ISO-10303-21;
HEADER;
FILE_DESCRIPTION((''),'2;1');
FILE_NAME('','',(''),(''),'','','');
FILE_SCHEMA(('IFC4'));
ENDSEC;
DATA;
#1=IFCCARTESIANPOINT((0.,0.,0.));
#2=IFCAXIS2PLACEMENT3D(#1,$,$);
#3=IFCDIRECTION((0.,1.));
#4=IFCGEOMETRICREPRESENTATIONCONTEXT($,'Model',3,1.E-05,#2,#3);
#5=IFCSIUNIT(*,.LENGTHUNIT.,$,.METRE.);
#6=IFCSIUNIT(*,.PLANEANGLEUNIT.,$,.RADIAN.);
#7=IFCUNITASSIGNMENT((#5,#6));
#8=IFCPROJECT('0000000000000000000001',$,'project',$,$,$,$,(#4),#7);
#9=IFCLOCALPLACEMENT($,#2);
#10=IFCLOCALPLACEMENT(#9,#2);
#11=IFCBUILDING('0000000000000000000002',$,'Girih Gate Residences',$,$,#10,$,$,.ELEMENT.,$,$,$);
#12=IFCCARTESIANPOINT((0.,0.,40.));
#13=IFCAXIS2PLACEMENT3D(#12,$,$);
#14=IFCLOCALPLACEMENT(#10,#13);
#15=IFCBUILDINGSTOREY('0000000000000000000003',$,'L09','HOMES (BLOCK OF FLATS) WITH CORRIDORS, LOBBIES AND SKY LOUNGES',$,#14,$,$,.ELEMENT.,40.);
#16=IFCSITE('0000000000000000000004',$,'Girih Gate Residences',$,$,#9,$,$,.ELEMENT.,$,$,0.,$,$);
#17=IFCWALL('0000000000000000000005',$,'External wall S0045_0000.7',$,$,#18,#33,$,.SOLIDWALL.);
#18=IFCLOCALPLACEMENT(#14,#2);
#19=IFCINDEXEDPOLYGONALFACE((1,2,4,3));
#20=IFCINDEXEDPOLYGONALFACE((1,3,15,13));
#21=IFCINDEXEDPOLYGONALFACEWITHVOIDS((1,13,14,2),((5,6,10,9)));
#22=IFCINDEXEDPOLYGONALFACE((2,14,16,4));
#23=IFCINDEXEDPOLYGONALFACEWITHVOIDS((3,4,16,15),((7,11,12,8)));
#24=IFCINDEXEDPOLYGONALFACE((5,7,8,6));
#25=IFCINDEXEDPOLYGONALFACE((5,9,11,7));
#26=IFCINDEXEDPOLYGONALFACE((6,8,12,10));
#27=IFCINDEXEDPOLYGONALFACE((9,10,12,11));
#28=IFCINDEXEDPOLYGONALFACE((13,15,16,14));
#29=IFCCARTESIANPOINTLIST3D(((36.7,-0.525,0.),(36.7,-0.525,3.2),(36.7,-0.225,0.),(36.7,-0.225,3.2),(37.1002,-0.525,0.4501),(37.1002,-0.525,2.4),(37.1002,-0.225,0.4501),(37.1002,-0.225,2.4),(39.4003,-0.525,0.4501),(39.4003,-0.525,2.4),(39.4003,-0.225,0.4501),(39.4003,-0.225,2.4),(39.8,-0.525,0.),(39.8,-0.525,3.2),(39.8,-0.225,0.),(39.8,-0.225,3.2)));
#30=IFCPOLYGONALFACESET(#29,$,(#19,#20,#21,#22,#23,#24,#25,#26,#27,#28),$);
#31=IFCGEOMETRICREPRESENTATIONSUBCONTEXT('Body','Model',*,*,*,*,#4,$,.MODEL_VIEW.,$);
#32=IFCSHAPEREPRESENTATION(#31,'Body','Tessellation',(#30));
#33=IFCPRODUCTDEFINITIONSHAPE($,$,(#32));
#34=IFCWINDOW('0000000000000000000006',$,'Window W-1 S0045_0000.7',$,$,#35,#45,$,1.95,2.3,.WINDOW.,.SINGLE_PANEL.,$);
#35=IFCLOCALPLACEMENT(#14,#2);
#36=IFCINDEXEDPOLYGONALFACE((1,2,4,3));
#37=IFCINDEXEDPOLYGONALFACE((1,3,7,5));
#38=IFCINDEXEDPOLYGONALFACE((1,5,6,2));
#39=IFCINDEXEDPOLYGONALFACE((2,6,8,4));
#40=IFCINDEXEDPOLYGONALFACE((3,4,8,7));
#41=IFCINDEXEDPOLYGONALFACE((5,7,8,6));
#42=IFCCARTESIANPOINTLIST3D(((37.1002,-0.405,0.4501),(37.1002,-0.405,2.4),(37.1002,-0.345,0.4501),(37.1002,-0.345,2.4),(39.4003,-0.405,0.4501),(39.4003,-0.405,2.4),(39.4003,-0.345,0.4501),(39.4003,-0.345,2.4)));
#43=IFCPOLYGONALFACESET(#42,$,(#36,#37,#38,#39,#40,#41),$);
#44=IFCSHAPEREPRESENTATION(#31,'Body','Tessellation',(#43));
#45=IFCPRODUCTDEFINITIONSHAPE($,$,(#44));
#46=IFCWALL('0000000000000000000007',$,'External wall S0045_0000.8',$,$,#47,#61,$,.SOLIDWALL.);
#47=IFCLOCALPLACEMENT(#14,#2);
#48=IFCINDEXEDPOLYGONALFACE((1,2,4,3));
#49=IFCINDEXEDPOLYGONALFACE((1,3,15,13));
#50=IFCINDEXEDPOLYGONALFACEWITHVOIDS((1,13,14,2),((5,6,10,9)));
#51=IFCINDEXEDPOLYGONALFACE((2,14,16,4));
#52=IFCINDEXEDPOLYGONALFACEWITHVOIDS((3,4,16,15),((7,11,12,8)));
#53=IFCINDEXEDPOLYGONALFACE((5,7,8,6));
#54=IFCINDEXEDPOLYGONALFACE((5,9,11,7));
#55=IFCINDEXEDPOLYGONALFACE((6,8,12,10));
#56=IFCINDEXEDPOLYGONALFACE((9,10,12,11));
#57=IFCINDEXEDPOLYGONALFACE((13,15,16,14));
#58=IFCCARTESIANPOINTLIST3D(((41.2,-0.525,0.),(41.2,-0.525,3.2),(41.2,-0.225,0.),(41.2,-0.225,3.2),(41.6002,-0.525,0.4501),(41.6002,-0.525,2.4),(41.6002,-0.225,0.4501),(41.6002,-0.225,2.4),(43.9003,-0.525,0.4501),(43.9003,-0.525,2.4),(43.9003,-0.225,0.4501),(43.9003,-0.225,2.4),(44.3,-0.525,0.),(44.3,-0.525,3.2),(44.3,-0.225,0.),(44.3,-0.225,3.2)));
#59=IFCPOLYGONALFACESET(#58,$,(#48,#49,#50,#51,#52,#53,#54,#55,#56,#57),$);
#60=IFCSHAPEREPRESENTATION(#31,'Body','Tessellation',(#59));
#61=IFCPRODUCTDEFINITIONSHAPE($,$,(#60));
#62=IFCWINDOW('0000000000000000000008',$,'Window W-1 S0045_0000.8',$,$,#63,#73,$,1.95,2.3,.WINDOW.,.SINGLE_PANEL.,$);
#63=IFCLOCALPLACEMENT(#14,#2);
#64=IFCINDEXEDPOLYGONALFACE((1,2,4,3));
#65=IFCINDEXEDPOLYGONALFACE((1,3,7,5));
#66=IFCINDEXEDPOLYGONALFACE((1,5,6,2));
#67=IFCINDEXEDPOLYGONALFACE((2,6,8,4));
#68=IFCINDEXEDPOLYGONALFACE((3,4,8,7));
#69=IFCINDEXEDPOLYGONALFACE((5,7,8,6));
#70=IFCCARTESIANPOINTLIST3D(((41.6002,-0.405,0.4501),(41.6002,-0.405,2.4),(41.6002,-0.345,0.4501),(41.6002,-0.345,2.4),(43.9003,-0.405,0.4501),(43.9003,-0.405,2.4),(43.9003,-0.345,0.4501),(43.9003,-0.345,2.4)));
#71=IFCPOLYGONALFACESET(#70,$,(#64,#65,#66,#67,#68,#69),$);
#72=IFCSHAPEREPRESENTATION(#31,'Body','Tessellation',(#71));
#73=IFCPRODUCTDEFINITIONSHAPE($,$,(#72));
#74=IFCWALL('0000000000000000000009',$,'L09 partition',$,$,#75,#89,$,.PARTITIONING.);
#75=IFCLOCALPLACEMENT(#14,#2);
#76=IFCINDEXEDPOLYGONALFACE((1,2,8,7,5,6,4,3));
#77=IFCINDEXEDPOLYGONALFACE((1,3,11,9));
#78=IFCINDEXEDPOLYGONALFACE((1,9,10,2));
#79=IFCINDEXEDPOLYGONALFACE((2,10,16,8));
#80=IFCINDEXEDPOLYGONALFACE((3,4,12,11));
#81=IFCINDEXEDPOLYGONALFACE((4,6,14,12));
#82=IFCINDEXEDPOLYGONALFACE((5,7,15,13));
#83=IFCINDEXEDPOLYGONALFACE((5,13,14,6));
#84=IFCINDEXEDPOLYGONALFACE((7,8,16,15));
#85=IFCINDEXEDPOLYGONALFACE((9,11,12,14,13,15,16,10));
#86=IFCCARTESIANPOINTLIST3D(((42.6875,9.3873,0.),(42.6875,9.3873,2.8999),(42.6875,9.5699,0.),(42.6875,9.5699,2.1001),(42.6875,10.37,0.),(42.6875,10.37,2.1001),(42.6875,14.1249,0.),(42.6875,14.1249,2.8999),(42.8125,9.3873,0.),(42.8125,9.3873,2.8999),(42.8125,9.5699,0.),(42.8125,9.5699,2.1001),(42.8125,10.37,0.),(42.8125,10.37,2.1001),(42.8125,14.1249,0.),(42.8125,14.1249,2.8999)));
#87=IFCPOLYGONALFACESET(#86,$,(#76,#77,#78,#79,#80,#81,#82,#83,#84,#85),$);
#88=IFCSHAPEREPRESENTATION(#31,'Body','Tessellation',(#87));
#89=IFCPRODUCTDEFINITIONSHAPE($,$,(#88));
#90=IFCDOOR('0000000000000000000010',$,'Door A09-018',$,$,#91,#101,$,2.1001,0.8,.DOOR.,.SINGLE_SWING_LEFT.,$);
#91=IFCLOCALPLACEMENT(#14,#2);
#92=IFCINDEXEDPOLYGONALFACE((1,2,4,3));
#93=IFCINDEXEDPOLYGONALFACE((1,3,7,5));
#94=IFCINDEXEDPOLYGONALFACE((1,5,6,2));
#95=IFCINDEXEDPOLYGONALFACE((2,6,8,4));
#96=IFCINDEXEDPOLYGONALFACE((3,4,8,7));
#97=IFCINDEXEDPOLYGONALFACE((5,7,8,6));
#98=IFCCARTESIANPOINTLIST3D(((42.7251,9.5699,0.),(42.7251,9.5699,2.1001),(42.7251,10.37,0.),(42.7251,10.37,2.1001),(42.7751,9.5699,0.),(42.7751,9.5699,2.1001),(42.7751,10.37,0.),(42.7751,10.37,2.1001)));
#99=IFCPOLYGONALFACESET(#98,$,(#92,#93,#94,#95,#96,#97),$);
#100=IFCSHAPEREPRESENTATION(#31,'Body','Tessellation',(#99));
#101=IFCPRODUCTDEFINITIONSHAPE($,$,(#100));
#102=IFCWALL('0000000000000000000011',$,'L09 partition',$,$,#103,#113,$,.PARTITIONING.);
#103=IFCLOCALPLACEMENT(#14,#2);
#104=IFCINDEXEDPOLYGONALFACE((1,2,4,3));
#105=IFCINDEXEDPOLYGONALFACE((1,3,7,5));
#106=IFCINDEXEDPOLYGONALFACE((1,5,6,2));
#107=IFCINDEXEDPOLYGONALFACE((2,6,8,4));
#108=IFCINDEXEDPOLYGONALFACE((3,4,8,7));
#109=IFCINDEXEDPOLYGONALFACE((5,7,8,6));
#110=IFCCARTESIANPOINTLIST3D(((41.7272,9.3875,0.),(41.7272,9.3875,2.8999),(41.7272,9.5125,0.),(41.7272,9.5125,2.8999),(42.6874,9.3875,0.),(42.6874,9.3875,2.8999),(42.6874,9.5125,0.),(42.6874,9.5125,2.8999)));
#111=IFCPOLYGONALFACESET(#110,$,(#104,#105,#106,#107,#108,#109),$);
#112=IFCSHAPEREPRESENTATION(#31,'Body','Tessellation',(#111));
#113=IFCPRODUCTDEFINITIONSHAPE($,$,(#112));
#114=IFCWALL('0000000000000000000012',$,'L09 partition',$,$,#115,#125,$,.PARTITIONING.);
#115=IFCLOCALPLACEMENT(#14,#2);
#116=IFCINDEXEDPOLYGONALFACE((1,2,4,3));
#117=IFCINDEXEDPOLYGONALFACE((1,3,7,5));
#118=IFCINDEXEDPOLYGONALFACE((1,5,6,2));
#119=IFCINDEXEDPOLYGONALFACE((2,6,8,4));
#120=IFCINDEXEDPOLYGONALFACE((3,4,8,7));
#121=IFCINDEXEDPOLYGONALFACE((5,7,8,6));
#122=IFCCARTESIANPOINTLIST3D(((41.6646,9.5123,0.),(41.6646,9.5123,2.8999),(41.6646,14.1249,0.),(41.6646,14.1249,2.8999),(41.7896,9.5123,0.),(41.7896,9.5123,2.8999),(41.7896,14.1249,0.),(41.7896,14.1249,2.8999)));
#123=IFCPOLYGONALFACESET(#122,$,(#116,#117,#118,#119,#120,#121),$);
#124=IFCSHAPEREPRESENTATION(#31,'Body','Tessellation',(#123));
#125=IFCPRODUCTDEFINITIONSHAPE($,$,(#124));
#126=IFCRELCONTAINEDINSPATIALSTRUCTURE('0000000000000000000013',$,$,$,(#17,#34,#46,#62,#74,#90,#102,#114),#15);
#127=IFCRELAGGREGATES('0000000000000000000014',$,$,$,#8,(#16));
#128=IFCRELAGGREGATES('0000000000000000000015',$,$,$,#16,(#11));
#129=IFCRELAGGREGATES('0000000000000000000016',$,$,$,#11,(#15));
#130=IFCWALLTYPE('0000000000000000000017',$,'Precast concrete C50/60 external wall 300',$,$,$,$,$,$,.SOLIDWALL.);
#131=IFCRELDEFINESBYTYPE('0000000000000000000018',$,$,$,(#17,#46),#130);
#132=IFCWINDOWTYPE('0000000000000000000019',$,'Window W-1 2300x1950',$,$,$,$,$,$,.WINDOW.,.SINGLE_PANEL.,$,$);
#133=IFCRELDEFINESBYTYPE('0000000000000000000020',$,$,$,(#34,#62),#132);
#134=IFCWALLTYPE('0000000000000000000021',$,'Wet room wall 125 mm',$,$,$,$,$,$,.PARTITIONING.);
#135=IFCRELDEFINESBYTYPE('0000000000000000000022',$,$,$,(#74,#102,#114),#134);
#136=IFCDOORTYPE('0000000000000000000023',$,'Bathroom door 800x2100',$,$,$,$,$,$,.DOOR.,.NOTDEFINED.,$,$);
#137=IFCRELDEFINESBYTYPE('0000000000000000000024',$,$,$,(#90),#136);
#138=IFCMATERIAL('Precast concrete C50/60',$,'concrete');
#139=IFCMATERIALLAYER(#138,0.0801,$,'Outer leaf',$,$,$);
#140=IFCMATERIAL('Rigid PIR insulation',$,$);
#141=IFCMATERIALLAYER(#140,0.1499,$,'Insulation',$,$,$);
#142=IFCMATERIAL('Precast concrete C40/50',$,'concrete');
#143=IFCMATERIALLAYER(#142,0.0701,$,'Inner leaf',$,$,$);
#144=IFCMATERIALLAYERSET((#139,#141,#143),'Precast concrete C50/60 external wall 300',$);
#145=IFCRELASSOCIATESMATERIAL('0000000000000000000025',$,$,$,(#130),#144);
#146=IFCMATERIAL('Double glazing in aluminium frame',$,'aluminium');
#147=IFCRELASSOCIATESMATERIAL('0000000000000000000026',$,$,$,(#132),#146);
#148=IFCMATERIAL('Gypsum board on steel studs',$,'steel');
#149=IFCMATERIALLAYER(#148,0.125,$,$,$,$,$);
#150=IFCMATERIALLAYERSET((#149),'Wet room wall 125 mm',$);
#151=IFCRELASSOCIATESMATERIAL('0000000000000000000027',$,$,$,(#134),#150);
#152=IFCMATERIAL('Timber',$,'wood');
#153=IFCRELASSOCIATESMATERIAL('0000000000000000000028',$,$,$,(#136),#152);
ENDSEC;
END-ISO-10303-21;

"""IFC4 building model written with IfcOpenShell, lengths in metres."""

from ifc_helpers import new_model, si_unit, direction, frame, frame_2d, origin, place, context, subcontext, project, spatial, rectangle, extrude, material, layer, layer_set, type_object, element, fill, save


model = new_model("IFC4")

# Units and contexts
model_context = context("Model", 3, precision=1e-05, world=origin(), true_north=direction((0.0, 1.0)))
body_context = subcontext(model_context, "Body", "Model", "MODEL_VIEW")
ifc_project = project(units=[si_unit("LENGTHUNIT", "METRE"), si_unit("PLANEANGLEUNIT", "RADIAN")], contexts=[model_context])

# Site, building, storey
site_placement = place(None, origin())
site = spatial("IfcSite", under=ifc_project, at=site_placement, Name="Girih Gate Residences", CompositionType="ELEMENT", RefElevation=0.0)
building_placement = place(site_placement, origin())
building = spatial("IfcBuilding", under=site, at=building_placement, Name="Girih Gate Residences", CompositionType="ELEMENT")
storey_placement = place(building_placement, frame((0.0, 0.0, 40.0)))
storey = spatial("IfcBuildingStorey", under=building, at=storey_placement, Name="L09", Description="HOMES (BLOCK OF FLATS) WITH CORRIDORS, LOBBIES AND SKY LOUNGES", CompositionType="ELEMENT", Elevation=40.0)

# Shared definitions
ifc_material_1 = material(Name="Gypsum board on steel studs", Category="steel")
ifc_material_2 = material(Name="Timber", Category="wood")

# Walls, openings, windows
ifc_material_3 = material(Name="Precast concrete C50/60", Category="concrete")
ifc_layer_1 = layer(ifc_material_3, 0.0801, Name="Outer leaf")
ifc_material_4 = material(Name="Rigid PIR insulation")
ifc_layer_2 = layer(ifc_material_4, 0.1499, Name="Insulation")
ifc_material_5 = material(Name="Precast concrete C40/50", Category="concrete")
ifc_layer_3 = layer(ifc_material_5, 0.0701, Name="Inner leaf")
ifc_layer_set_1 = layer_set([ifc_layer_1, ifc_layer_2, ifc_layer_3], Name="Precast concrete C50/60 external wall 300")
wall_type_1 = type_object("IfcWallType", Name="Precast concrete C50/60 external wall 300", PredefinedType="SOLIDWALL", material=ifc_layer_set_1)
wall_1_placement = place(storey_placement, frame((39.8, -0.375, 0.0), z_axis=(0.0, 0.0, 1.0), x_axis=(-1.0, 0.0, 0.0)))
wall_1 = element("IfcWall", 1, at=wall_1_placement, inside=storey, type_object=wall_type_1, Name="External wall S0045_0000.7", PredefinedType="SOLIDWALL", context=body_context, shape_type="SweptSolid", body=[
    extrude(rectangle(XDim=3.1001, YDim=0.3, at=frame_2d((1.55, 0.0))), origin(), (0.0, 0.0, 1.0), 3.2),
])
opening_1_placement = place(wall_1_placement, frame((0.3999, 0.0, 0.45)))
opening_1 = element("IfcOpeningElement", 2, at=opening_1_placement, cuts=wall_1, PredefinedType="OPENING", context=body_context, shape_type="SweptSolid", body=[
    extrude(rectangle(XDim=2.3, YDim=1.95, at=frame_2d((1.1499, 0.9751))), frame((0.0, 0.1599, 0.0), z_axis=(0.0, -1.0, 0.0), x_axis=(1.0, 0.0, 0.0)), (0.0, 0.0, 1.0), 0.3201),
])
ifc_material_6 = material(Name="Double glazing in aluminium frame", Category="aluminium")
window_type = type_object("IfcWindowType", Name="Window W-1 2300x1950", PartitioningType="SINGLE_PANEL", PredefinedType="WINDOW", material=ifc_material_6)
window_1_placement = place(opening_1_placement, origin())
window_1 = element("IfcWindow", 3, at=window_1_placement, inside=storey, type_object=window_type, Name="Window W-1 S0045_0000.7", OverallHeight=1.95, OverallWidth=2.3, PartitioningType="SINGLE_PANEL", PredefinedType="WINDOW", context=body_context, shape_type="SweptSolid", body=[
    extrude(rectangle(XDim=2.3, YDim=1.95, at=frame_2d((1.1499, 0.9751))), frame((0.0, 0.03, 0.0), z_axis=(0.0, -1.0, 0.0), x_axis=(1.0, 0.0, 0.0)), (0.0, 0.0, 1.0), 0.0601),
])
fill(opening_1, window_1)
wall_2_placement = place(storey_placement, frame((44.3, -0.375, 0.0), z_axis=(0.0, 0.0, 1.0), x_axis=(-1.0, 0.0, 0.0)))
wall_2 = element("IfcWall", 4, at=wall_2_placement, inside=storey, type_object=wall_type_1, Name="External wall S0045_0000.8", PredefinedType="SOLIDWALL", context=body_context, shape_type="SweptSolid", body=[
    extrude(rectangle(XDim=3.1001, YDim=0.3, at=frame_2d((1.55, 0.0))), origin(), (0.0, 0.0, 1.0), 3.2),
])
opening_2_placement = place(wall_2_placement, frame((0.3999, 0.0, 0.45)))
opening_2 = element("IfcOpeningElement", 5, at=opening_2_placement, cuts=wall_2, PredefinedType="OPENING", context=body_context, shape_type="SweptSolid", body=[
    extrude(rectangle(XDim=2.3, YDim=1.95, at=frame_2d((1.1499, 0.9751))), frame((0.0, 0.1599, 0.0), z_axis=(0.0, -1.0, 0.0), x_axis=(1.0, 0.0, 0.0)), (0.0, 0.0, 1.0), 0.3201),
])
window_2_placement = place(opening_2_placement, origin())
window_2 = element("IfcWindow", 6, at=window_2_placement, inside=storey, type_object=window_type, Name="Window W-1 S0045_0000.8", OverallHeight=1.95, OverallWidth=2.3, PartitioningType="SINGLE_PANEL", PredefinedType="WINDOW", context=body_context, shape_type="SweptSolid", body=[
    extrude(rectangle(XDim=2.3, YDim=1.95, at=frame_2d((1.1499, 0.9751))), frame((0.0, 0.03, 0.0), z_axis=(0.0, -1.0, 0.0), x_axis=(1.0, 0.0, 0.0)), (0.0, 0.0, 1.0), 0.0601),
])
fill(opening_2, window_2)

# Wall, opening, door
ifc_layer_4 = layer(ifc_material_1, 0.125)
ifc_layer_set_2 = layer_set([ifc_layer_4], Name="Wet room wall 125 mm")
wall_type_2 = type_object("IfcWallType", Name="Wet room wall 125 mm", PredefinedType="PARTITIONING", material=ifc_layer_set_2)
wall_3_placement = place(storey_placement, frame((42.75, 9.3875, 0.0), z_axis=(0.0, 0.0, 1.0), x_axis=(0.0, 1.0, 0.0)))
wall_3 = element("IfcWall", 7, at=wall_3_placement, inside=storey, type_object=wall_type_2, Name="L09 partition", PredefinedType="PARTITIONING", context=body_context, shape_type="SweptSolid", body=[
    extrude(rectangle(XDim=4.7375, YDim=0.125, at=frame_2d((2.3687, 0.0))), origin(), (0.0, 0.0, 1.0), 2.8999),
])
opening_3_placement = place(wall_3_placement, frame((0.1826, 0.0, 0.0)))
opening_3 = element("IfcOpeningElement", 8, at=opening_3_placement, cuts=wall_3, PredefinedType="OPENING", context=body_context, shape_type="SweptSolid", body=[
    extrude(rectangle(XDim=0.8, YDim=2.1001, at=frame_2d((0.3999, 1.05))), frame((0.0, 0.0725, 0.0), z_axis=(0.0, -1.0, 0.0), x_axis=(1.0, 0.0, 0.0)), (0.0, 0.0, 1.0), 0.145),
])
door_type_1 = type_object("IfcDoorType", Name="Bathroom door 800x2100", OperationType="NOTDEFINED", PredefinedType="DOOR", material=ifc_material_2)
door_1_placement = place(opening_3_placement, origin())
door_1 = element("IfcDoor", 9, at=door_1_placement, inside=storey, type_object=door_type_1, Name="Door A09-018", OperationType="SINGLE_SWING_LEFT", OverallHeight=2.1001, OverallWidth=0.8, PredefinedType="DOOR", context=body_context, shape_type="SweptSolid", body=[
    extrude(rectangle(XDim=0.8, YDim=2.1001, at=frame_2d((0.3999, 1.05))), frame((0.0, 0.0249, 0.0), z_axis=(0.0, -1.0, 0.0), x_axis=(1.0, 0.0, 0.0)), (0.0, 0.0, 1.0), 0.05),
])
fill(opening_3, door_1)

# Walls
wall_4_placement = place(storey_placement, frame((41.7273, 9.45, 0.0), z_axis=(0.0, 0.0, 1.0), x_axis=(1.0, 0.0, 0.0)))
element("IfcWall", 10, at=wall_4_placement, inside=storey, type_object=wall_type_2, Name="L09 partition", PredefinedType="PARTITIONING", context=body_context, shape_type="SweptSolid", body=[
    extrude(rectangle(XDim=0.9602, YDim=0.125, at=frame_2d((0.48, 0.0))), origin(), (0.0, 0.0, 1.0), 2.8999),
])
wall_5_placement = place(storey_placement, frame((41.7271, 9.5125, 0.0), z_axis=(0.0, 0.0, 1.0), x_axis=(0.0, 1.0, 0.0)))
element("IfcWall", 11, at=wall_5_placement, inside=storey, type_object=wall_type_2, Name="L09 partition", PredefinedType="PARTITIONING", context=body_context, shape_type="SweptSolid", body=[
    extrude(rectangle(XDim=4.6125, YDim=0.125, at=frame_2d((2.3062, 0.0))), origin(), (0.0, 0.0, 1.0), 2.8999),
])

save(model, "model.ifc")
